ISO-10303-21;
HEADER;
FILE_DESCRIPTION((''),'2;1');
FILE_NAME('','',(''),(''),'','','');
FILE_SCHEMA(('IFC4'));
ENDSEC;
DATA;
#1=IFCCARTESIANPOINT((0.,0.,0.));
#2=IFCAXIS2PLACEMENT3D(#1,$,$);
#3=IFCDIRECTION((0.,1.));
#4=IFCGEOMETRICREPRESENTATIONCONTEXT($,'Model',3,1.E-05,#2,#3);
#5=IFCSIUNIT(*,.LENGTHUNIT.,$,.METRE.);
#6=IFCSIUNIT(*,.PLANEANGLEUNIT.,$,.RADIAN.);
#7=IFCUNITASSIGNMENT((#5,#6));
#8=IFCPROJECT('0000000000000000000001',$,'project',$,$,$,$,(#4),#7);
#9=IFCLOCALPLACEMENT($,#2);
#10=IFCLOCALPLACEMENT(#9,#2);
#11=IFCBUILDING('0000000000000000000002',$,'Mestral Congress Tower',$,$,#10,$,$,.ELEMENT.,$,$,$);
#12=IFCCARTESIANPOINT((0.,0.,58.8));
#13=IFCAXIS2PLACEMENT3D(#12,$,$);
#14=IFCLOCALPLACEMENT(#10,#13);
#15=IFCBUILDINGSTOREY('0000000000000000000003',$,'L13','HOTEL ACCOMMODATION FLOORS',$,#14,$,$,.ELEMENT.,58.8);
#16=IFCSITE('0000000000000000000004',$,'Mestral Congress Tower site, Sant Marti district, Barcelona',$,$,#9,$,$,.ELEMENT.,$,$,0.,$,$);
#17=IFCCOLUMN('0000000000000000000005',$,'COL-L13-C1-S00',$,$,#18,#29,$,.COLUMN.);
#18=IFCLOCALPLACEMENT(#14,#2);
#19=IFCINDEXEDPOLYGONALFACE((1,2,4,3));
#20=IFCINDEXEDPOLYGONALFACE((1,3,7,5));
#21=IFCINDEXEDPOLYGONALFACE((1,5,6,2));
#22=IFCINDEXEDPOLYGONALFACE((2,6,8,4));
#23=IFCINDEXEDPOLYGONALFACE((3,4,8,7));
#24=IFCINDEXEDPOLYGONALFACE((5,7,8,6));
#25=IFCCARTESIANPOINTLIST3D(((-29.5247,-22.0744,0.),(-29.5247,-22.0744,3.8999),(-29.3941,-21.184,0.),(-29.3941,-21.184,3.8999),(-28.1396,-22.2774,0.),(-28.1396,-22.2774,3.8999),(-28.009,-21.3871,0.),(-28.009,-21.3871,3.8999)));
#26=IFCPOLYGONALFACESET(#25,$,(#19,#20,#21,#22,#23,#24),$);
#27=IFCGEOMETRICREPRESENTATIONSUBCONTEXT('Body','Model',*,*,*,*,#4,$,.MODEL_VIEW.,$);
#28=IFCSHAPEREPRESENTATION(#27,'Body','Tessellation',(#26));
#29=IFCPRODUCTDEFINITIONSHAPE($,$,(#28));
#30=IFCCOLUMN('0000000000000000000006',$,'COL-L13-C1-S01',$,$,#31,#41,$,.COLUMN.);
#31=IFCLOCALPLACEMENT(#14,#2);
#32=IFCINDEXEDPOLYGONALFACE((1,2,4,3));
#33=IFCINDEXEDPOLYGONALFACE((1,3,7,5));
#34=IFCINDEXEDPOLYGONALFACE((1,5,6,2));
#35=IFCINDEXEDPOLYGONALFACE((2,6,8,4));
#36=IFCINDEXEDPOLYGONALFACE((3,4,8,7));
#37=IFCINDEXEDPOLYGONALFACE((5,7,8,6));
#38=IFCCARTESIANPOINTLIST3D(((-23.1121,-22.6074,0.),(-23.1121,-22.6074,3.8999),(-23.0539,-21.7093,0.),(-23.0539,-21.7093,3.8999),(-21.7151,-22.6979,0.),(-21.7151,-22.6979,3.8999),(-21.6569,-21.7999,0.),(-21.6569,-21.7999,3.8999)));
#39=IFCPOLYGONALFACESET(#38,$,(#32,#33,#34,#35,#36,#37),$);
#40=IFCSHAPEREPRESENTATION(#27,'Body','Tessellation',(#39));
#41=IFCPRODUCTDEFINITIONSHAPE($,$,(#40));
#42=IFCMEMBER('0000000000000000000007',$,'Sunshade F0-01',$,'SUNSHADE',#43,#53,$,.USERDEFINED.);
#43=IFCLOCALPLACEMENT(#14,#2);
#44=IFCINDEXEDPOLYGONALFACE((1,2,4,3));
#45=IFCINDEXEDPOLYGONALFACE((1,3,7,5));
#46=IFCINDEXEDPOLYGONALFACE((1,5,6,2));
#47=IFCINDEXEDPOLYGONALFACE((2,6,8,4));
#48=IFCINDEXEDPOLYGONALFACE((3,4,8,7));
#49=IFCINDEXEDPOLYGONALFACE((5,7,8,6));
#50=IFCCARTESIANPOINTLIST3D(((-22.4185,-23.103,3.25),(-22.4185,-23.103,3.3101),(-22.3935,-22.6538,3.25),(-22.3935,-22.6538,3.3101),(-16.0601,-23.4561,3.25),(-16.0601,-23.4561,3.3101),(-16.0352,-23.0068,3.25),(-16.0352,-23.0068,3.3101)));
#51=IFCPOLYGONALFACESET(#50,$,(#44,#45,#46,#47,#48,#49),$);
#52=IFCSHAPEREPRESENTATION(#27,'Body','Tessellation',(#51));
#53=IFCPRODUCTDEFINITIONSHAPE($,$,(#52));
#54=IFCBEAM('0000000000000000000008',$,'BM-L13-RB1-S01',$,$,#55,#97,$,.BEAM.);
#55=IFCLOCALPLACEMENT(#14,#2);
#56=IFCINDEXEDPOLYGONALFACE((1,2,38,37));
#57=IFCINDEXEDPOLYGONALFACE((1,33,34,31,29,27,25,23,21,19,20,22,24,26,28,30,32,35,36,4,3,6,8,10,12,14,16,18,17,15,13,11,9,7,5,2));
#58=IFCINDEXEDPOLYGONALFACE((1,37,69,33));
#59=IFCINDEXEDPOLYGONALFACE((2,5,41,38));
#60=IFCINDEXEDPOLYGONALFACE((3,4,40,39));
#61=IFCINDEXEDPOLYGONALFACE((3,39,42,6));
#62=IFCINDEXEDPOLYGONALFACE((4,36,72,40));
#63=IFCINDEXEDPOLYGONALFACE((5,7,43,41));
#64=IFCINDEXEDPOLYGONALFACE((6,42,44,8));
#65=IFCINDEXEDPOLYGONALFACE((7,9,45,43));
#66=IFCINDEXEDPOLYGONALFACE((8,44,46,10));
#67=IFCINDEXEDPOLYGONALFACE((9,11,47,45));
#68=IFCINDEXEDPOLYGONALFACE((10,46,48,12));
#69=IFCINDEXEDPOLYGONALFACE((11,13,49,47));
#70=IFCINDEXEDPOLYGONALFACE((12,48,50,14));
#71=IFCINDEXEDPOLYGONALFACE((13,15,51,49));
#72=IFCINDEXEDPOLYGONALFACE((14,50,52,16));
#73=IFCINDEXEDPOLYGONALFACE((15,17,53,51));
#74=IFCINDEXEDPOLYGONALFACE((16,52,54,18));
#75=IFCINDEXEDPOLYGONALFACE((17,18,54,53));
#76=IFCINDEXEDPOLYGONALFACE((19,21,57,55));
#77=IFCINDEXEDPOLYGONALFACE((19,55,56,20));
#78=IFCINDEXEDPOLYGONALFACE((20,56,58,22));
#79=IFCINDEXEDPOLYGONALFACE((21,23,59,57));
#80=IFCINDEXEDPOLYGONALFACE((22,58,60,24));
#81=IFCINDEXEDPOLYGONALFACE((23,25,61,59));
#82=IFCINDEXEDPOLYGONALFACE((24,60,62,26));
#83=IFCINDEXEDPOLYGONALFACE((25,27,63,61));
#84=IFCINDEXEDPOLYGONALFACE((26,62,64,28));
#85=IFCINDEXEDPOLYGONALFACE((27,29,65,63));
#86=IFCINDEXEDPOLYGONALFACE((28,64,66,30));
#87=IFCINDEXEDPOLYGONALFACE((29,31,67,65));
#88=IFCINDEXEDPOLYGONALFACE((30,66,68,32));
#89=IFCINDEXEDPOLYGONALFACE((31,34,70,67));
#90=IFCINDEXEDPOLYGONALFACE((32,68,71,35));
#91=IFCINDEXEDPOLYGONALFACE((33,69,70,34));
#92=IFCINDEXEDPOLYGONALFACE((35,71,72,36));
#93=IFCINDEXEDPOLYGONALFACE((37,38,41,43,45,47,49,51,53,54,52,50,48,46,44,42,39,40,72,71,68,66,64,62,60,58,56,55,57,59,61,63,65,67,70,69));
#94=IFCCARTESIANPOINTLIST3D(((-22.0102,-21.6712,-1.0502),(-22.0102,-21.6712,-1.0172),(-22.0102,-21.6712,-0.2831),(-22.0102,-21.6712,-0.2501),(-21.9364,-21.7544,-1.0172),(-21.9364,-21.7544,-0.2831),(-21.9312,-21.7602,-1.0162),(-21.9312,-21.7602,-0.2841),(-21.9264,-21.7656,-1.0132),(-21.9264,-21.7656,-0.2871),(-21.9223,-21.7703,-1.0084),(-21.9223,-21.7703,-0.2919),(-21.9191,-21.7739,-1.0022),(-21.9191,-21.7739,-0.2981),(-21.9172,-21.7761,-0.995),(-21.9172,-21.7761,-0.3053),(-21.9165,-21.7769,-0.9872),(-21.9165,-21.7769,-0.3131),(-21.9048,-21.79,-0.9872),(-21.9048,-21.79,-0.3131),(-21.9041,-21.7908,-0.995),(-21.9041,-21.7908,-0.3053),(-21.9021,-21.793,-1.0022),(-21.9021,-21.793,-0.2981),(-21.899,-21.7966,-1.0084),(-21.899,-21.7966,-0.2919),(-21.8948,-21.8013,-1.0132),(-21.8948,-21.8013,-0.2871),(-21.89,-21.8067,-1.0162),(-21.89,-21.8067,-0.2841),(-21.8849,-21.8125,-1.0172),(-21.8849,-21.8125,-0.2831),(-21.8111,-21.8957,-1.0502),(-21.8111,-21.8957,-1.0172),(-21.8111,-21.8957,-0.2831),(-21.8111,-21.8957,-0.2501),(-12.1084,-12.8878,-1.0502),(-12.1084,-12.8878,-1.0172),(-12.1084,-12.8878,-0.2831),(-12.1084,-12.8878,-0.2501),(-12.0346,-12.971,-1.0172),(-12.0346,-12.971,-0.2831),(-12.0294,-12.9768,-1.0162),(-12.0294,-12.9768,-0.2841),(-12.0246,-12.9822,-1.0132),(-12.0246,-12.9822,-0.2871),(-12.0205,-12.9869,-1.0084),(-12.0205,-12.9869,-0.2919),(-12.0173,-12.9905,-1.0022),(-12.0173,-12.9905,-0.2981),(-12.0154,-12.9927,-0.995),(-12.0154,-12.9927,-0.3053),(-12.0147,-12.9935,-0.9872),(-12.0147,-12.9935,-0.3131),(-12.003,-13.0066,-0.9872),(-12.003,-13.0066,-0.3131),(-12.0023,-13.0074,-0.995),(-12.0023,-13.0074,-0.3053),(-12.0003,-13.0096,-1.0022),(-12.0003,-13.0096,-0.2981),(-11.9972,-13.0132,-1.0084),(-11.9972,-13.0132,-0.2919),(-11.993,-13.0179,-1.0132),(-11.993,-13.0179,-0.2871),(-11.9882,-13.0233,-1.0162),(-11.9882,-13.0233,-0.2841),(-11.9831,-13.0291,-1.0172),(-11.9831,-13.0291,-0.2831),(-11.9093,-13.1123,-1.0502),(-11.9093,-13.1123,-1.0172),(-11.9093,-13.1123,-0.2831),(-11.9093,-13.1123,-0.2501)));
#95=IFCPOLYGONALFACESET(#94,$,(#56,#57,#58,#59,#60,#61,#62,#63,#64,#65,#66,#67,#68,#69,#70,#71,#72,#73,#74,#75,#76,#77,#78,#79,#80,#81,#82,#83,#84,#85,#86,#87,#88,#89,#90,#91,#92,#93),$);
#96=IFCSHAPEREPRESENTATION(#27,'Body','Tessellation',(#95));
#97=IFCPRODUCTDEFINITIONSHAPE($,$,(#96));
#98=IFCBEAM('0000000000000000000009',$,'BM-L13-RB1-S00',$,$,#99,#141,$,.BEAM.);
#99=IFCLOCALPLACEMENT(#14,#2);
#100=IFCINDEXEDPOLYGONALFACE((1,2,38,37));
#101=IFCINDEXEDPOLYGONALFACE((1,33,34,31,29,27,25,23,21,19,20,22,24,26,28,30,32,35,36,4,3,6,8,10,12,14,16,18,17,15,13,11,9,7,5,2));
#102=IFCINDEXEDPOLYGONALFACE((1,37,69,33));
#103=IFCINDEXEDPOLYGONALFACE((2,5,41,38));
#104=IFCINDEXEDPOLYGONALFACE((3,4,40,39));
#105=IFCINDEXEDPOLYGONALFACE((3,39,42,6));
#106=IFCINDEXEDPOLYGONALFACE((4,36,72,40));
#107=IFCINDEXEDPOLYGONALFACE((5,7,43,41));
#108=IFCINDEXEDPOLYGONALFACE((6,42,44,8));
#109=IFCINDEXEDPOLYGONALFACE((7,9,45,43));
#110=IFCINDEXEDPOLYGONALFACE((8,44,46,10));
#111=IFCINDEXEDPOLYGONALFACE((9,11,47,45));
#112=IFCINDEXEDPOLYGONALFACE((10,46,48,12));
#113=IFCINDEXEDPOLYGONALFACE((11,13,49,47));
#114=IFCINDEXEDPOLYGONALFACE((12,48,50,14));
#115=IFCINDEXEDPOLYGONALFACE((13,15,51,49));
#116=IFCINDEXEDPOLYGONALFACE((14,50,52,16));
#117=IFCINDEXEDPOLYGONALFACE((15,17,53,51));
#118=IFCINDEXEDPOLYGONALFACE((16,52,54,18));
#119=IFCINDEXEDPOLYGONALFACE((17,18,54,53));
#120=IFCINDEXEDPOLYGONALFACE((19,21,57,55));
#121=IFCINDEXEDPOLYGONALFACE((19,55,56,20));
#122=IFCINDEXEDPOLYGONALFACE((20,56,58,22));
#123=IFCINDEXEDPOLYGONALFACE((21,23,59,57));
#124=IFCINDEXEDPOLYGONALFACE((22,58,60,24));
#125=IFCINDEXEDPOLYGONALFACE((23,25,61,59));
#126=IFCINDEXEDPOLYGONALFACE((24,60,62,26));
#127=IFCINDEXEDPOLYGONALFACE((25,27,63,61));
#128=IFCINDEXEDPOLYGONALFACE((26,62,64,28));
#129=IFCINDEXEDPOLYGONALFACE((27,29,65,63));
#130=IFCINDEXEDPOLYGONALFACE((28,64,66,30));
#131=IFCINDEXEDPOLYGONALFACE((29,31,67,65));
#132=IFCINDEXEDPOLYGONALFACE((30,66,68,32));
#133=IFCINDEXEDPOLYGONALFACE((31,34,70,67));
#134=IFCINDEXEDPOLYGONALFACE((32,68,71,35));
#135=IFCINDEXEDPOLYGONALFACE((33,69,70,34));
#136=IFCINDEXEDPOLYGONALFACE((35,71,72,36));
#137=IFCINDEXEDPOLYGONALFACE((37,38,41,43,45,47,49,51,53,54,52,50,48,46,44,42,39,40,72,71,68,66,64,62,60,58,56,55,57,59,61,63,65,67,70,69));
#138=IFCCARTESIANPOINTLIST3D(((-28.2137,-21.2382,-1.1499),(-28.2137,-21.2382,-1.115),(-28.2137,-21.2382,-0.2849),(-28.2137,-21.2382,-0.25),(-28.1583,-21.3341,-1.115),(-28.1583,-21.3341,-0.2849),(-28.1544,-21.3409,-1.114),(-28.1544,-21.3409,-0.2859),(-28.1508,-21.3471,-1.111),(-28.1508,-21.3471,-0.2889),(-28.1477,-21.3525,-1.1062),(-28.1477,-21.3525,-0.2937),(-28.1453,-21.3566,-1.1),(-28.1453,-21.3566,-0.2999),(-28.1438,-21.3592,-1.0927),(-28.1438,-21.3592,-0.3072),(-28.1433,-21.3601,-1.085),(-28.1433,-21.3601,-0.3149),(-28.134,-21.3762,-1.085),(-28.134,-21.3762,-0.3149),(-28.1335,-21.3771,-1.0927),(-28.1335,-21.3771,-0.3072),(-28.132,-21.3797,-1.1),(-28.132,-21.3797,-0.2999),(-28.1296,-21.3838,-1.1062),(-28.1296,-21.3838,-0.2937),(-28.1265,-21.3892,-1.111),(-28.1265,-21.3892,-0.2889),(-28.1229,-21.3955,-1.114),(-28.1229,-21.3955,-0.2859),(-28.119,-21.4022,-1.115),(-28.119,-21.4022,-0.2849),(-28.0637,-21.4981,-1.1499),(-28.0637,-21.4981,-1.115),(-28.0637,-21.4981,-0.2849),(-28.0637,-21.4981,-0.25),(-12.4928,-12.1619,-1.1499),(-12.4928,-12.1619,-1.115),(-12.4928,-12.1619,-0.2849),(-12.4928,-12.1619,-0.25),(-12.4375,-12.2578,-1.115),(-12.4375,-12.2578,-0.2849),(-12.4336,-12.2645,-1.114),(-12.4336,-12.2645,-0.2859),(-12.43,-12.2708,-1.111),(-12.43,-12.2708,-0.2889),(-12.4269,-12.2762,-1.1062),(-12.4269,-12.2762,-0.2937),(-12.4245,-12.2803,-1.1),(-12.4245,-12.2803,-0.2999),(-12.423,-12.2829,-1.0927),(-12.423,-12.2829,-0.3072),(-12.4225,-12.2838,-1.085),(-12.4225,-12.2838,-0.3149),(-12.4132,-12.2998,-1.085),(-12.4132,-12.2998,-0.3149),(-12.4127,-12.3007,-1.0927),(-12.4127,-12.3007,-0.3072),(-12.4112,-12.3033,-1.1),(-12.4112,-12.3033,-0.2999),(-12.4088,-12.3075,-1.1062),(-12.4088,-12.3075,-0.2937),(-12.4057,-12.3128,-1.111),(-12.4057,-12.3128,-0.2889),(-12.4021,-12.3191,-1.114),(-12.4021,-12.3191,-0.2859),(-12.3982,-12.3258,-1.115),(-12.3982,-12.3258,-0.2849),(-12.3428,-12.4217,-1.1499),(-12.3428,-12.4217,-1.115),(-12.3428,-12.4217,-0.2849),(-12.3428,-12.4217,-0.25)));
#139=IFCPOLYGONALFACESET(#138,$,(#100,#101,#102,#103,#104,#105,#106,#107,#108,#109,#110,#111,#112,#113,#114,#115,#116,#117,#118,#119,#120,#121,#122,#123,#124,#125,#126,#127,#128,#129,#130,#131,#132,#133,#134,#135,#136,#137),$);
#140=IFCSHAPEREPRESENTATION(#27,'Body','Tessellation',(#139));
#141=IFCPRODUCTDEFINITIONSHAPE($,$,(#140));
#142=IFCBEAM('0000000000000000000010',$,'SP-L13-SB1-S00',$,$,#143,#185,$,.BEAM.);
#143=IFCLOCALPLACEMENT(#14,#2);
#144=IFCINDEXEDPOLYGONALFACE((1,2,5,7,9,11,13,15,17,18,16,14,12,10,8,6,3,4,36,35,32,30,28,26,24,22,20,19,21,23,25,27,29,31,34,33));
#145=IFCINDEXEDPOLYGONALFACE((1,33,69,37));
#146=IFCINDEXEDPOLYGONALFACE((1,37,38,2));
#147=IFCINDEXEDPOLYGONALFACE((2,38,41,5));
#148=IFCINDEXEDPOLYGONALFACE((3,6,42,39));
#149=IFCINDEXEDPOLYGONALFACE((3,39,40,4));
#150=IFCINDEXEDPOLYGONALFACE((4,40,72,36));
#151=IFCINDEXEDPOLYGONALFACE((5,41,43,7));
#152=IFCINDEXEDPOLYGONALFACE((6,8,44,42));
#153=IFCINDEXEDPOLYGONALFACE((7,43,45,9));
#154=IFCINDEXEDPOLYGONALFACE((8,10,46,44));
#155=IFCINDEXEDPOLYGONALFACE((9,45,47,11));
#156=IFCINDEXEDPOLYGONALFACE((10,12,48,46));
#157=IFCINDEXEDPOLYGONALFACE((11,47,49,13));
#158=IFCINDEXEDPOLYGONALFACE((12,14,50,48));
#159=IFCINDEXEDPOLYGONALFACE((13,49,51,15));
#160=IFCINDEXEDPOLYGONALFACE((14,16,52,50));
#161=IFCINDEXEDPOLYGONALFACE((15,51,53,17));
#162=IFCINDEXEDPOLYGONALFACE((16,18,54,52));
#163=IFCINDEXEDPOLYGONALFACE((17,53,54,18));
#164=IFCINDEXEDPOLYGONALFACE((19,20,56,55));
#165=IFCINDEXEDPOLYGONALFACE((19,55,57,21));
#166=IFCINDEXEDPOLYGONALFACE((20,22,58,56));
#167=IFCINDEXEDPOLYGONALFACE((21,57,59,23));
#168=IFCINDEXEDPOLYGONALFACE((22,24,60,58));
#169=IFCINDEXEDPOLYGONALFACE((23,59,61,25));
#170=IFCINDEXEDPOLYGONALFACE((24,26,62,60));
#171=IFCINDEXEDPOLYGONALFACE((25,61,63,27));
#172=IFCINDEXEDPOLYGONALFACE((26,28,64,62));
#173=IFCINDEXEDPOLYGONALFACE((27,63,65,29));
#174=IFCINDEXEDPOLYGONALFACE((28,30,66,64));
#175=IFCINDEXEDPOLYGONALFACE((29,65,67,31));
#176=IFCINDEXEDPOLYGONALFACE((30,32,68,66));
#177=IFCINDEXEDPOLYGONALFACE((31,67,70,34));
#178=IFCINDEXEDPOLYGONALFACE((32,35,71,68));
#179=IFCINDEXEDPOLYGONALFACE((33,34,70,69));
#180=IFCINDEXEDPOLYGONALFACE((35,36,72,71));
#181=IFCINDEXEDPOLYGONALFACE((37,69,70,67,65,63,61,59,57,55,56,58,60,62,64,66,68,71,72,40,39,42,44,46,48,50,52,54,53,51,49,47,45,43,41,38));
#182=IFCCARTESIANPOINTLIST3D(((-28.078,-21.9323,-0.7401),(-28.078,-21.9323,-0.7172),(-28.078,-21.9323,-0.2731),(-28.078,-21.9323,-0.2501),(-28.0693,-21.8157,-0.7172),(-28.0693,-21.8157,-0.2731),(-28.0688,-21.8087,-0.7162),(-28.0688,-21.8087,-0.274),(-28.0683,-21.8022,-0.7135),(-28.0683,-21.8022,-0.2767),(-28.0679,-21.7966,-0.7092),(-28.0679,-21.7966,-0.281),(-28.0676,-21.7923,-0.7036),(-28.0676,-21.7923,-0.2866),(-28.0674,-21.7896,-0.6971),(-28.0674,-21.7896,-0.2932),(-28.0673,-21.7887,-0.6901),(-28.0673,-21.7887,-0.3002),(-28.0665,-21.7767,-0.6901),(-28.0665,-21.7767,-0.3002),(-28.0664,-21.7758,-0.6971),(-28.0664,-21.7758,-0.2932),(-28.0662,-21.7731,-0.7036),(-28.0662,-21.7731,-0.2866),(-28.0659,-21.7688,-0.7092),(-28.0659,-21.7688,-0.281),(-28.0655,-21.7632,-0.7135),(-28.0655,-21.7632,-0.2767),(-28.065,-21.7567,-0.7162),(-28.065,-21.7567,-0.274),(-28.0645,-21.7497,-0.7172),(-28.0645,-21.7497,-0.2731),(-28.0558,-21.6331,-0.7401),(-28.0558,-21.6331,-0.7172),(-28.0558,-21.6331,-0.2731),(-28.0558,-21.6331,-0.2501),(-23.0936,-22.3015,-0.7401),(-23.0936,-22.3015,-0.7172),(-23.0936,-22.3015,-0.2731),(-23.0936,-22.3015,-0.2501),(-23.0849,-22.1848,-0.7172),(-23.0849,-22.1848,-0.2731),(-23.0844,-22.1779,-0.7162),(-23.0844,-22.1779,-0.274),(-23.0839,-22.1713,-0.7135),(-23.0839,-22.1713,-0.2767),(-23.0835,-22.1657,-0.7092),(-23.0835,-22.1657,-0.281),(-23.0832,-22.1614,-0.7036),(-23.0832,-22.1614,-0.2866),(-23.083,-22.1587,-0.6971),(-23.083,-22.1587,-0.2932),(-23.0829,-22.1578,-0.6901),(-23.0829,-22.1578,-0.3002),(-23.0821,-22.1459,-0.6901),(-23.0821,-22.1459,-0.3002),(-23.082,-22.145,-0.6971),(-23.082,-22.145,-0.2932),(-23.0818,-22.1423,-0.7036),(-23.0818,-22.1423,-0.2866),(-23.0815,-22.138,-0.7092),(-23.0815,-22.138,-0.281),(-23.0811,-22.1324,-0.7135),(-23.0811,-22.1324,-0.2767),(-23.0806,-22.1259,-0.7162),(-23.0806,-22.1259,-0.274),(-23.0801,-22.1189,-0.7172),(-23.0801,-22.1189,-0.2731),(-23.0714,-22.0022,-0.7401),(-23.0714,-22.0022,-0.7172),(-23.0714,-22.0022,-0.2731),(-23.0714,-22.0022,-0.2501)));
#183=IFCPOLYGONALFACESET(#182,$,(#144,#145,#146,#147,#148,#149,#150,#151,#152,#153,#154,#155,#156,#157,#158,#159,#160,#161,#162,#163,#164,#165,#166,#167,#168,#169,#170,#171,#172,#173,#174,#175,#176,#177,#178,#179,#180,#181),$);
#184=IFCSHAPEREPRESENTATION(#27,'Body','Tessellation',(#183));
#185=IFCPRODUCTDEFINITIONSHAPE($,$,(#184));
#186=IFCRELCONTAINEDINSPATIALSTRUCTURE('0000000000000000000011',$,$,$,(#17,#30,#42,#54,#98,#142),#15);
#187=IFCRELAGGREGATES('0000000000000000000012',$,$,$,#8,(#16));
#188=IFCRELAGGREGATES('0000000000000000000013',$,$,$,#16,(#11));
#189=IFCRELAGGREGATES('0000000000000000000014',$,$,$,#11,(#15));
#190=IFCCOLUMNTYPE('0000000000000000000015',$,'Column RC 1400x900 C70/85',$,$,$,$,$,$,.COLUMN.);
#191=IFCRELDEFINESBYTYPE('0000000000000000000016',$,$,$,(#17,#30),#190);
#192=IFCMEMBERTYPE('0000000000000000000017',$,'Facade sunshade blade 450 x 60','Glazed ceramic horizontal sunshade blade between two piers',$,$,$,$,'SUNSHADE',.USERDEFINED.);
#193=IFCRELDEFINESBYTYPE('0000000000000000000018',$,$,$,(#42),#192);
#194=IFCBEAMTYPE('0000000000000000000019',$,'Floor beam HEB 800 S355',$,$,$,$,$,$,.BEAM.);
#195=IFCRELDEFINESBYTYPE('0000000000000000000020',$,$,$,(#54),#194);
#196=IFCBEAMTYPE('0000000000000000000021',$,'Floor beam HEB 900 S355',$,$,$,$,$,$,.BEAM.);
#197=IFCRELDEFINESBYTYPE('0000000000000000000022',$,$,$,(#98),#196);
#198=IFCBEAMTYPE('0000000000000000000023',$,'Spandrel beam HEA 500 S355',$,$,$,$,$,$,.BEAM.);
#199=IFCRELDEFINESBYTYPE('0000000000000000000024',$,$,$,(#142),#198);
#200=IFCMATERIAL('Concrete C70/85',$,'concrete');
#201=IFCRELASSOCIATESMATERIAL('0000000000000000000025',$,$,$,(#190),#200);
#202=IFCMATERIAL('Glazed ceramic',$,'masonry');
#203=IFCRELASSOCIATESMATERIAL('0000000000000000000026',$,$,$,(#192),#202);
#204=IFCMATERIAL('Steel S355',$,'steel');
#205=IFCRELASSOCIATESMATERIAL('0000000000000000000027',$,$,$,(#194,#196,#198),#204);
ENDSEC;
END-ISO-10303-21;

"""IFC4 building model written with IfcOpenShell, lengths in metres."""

from ifc_helpers import new_model, si_unit, direction, frame, origin, origin_2d, place, context, subcontext, project, spatial, rectangle, i_section, extrude, material, material_profile, profile_set, type_object, element, save


model = new_model("IFC4")

# Units and contexts
model_context = context("Model", 3, precision=1e-05, world=origin(), true_north=direction((0.0, 1.0)))
body_context = subcontext(model_context, "Body", "Model", "MODEL_VIEW")
ifc_project = project(units=[si_unit("LENGTHUNIT", "METRE"), si_unit("PLANEANGLEUNIT", "RADIAN")], contexts=[model_context])

# Site, building, storey
site_placement = place(None, origin())
site = spatial("IfcSite", under=ifc_project, at=site_placement, Name="Mestral Congress Tower site, Sant Marti district, Barcelona", CompositionType="ELEMENT", RefElevation=0.0)
building_placement = place(site_placement, origin())
building = spatial("IfcBuilding", under=site, at=building_placement, Name="Mestral Congress Tower", CompositionType="ELEMENT")
storey_placement = place(building_placement, frame((0.0, 0.0, 58.8)))
storey = spatial("IfcBuildingStorey", under=building, at=storey_placement, Name="L13", Description="HOTEL ACCOMMODATION FLOORS", CompositionType="ELEMENT", Elevation=58.8)

# Columns
ifc_material_1 = material(Name="Concrete C70/85", Category="concrete")
ifc_material_profile_1 = material_profile(ifc_material_1, rectangle(XDim=1.3999, YDim=0.8999, at=origin_2d()), Name="RC 1400x900")
ifc_profile_set_1 = profile_set([ifc_material_profile_1], Name="Concrete C70/85")
column_type = type_object("IfcColumnType", Name="Column RC 1400x900 C70/85", PredefinedType="COLUMN", material=ifc_profile_set_1)
for number, where, z_axis, x_axis, name in (
    (1, (-28.7668, -21.7307, 0.0), (0.0, 0.0, 1.0), (0.989424, -0.145056, 0.0), "COL-L13-C1-S00"),
    (2, (-22.3845, -22.2036, 0.0), (0.0, 0.0, 1.0), (0.997908, -0.064658, 0.0), "COL-L13-C1-S01"),
):
    element("IfcColumn", number, at=place(storey_placement, frame(where, z_axis=z_axis, x_axis=x_axis)), inside=storey, type_object=column_type, Name=name, PredefinedType="COLUMN", context=body_context, shape_type="SweptSolid", body=[
        extrude(rectangle(XDim=1.3999, YDim=0.8999, at=origin_2d()), origin(), (0.0, 0.0, 1.0), 3.8999),
    ])

# Member
ifc_material_2 = material(Name="Glazed ceramic", Category="masonry")
ifc_material_profile_2 = material_profile(ifc_material_2, rectangle(XDim=0.45, YDim=0.0601, at=origin_2d()), Name="Ceramic blade 450 x 60")
ifc_profile_set_2 = profile_set([ifc_material_profile_2], Name="Glazed ceramic")
member_type = type_object("IfcMemberType", Name="Facade sunshade blade 450 x 60", Description="Glazed ceramic horizontal sunshade blade between two piers", ElementType="SUNSHADE", PredefinedType="USERDEFINED", material=ifc_profile_set_2)
member_placement = place(storey_placement, frame((-22.406, -22.8784, 3.28), z_axis=(0.998462, -0.055436, 0.0), x_axis=(0.055436, 0.998462, 0.0)))
element("IfcMember", 3, at=member_placement, inside=storey, type_object=member_type, Name="Sunshade F0-01", ObjectType="SUNSHADE", PredefinedType="USERDEFINED", context=body_context, shape_type="SweptSolid", body=[
    extrude(rectangle(XDim=0.45, YDim=0.0601, at=origin_2d()), origin(), (0.0, 0.0, 1.0), 6.3682),
])

# Beams
ifc_material_3 = material(Name="Steel S355", Category="steel")
ifc_material_profile_3 = material_profile(ifc_material_3, i_section(OverallWidth=0.3, OverallDepth=0.8, WebThickness=0.0176, FlangeThickness=0.033, FilletRadius=0.03, at=origin_2d()), Name="HEB 800")
ifc_profile_set_3 = profile_set([ifc_material_profile_3], Name="Steel S355")
beam_type_1 = type_object("IfcBeamType", Name="Floor beam HEB 800 S355", PredefinedType="BEAM", material=ifc_profile_set_3)
beam_1_placement = place(storey_placement, frame((-21.9106, -21.7834, -0.6501), z_axis=(0.748092, 0.663595, 0.0), x_axis=(-0.663595, 0.748092, 0.0)))
element("IfcBeam", 4, at=beam_1_placement, inside=storey, type_object=beam_type_1, Name="BM-L13-RB1-S01", PredefinedType="BEAM", context=body_context, shape_type="SweptSolid", body=[
    extrude(i_section(OverallWidth=0.3, OverallDepth=0.8, WebThickness=0.0176, FlangeThickness=0.033, FilletRadius=0.03, at=origin_2d()), origin(), (0.0, 0.0, 1.0), 13.2361),
])
ifc_material_profile_4 = material_profile(ifc_material_3, i_section(OverallWidth=0.3, OverallDepth=0.8999, WebThickness=0.0186, FlangeThickness=0.0349, FilletRadius=0.03, at=origin_2d()), Name="HEB 900")
ifc_profile_set_4 = profile_set([ifc_material_profile_4], Name="Steel S355")
beam_type_2 = type_object("IfcBeamType", Name="Floor beam HEB 900 S355", PredefinedType="BEAM", material=ifc_profile_set_4)
beam_2_placement = place(storey_placement, frame((-28.1387, -21.3682, -0.7), z_axis=(0.866027, 0.499997, 0.0), x_axis=(-0.499997, 0.866027, 0.0)))
element("IfcBeam", 5, at=beam_2_placement, inside=storey, type_object=beam_type_2, Name="BM-L13-RB1-S00", PredefinedType="BEAM", context=body_context, shape_type="SweptSolid", body=[
    extrude(i_section(OverallWidth=0.3, OverallDepth=0.8999, WebThickness=0.0186, FlangeThickness=0.0349, FilletRadius=0.03, at=origin_2d()), origin(), (0.0, 0.0, 1.0), 18.1528),
])
ifc_material_profile_5 = material_profile(ifc_material_3, i_section(OverallWidth=0.3, OverallDepth=0.49, WebThickness=0.012, FlangeThickness=0.0229, FilletRadius=0.0271, at=origin_2d()), Name="HEA 500")
ifc_profile_set_5 = profile_set([ifc_material_profile_5], Name="Steel S355")
beam_type_3 = type_object("IfcBeamType", Name="Spandrel beam HEA 500 S355", PredefinedType="BEAM", material=ifc_profile_set_5)
beam_3_placement = place(storey_placement, frame((-28.0669, -21.7827, -0.4951), z_axis=(0.997269, -0.073857, 0.0), x_axis=(0.073857, 0.997269, 0.0)))
element("IfcBeam", 6, at=beam_3_placement, inside=storey, type_object=beam_type_3, Name="SP-L13-SB1-S00", PredefinedType="BEAM", context=body_context, shape_type="SweptSolid", body=[
    extrude(i_section(OverallWidth=0.3, OverallDepth=0.49, WebThickness=0.012, FlangeThickness=0.0229, FilletRadius=0.0271, at=origin_2d()), origin(), (0.0, 0.0, 1.0), 4.998),
])

save(model, "model.ifc")
